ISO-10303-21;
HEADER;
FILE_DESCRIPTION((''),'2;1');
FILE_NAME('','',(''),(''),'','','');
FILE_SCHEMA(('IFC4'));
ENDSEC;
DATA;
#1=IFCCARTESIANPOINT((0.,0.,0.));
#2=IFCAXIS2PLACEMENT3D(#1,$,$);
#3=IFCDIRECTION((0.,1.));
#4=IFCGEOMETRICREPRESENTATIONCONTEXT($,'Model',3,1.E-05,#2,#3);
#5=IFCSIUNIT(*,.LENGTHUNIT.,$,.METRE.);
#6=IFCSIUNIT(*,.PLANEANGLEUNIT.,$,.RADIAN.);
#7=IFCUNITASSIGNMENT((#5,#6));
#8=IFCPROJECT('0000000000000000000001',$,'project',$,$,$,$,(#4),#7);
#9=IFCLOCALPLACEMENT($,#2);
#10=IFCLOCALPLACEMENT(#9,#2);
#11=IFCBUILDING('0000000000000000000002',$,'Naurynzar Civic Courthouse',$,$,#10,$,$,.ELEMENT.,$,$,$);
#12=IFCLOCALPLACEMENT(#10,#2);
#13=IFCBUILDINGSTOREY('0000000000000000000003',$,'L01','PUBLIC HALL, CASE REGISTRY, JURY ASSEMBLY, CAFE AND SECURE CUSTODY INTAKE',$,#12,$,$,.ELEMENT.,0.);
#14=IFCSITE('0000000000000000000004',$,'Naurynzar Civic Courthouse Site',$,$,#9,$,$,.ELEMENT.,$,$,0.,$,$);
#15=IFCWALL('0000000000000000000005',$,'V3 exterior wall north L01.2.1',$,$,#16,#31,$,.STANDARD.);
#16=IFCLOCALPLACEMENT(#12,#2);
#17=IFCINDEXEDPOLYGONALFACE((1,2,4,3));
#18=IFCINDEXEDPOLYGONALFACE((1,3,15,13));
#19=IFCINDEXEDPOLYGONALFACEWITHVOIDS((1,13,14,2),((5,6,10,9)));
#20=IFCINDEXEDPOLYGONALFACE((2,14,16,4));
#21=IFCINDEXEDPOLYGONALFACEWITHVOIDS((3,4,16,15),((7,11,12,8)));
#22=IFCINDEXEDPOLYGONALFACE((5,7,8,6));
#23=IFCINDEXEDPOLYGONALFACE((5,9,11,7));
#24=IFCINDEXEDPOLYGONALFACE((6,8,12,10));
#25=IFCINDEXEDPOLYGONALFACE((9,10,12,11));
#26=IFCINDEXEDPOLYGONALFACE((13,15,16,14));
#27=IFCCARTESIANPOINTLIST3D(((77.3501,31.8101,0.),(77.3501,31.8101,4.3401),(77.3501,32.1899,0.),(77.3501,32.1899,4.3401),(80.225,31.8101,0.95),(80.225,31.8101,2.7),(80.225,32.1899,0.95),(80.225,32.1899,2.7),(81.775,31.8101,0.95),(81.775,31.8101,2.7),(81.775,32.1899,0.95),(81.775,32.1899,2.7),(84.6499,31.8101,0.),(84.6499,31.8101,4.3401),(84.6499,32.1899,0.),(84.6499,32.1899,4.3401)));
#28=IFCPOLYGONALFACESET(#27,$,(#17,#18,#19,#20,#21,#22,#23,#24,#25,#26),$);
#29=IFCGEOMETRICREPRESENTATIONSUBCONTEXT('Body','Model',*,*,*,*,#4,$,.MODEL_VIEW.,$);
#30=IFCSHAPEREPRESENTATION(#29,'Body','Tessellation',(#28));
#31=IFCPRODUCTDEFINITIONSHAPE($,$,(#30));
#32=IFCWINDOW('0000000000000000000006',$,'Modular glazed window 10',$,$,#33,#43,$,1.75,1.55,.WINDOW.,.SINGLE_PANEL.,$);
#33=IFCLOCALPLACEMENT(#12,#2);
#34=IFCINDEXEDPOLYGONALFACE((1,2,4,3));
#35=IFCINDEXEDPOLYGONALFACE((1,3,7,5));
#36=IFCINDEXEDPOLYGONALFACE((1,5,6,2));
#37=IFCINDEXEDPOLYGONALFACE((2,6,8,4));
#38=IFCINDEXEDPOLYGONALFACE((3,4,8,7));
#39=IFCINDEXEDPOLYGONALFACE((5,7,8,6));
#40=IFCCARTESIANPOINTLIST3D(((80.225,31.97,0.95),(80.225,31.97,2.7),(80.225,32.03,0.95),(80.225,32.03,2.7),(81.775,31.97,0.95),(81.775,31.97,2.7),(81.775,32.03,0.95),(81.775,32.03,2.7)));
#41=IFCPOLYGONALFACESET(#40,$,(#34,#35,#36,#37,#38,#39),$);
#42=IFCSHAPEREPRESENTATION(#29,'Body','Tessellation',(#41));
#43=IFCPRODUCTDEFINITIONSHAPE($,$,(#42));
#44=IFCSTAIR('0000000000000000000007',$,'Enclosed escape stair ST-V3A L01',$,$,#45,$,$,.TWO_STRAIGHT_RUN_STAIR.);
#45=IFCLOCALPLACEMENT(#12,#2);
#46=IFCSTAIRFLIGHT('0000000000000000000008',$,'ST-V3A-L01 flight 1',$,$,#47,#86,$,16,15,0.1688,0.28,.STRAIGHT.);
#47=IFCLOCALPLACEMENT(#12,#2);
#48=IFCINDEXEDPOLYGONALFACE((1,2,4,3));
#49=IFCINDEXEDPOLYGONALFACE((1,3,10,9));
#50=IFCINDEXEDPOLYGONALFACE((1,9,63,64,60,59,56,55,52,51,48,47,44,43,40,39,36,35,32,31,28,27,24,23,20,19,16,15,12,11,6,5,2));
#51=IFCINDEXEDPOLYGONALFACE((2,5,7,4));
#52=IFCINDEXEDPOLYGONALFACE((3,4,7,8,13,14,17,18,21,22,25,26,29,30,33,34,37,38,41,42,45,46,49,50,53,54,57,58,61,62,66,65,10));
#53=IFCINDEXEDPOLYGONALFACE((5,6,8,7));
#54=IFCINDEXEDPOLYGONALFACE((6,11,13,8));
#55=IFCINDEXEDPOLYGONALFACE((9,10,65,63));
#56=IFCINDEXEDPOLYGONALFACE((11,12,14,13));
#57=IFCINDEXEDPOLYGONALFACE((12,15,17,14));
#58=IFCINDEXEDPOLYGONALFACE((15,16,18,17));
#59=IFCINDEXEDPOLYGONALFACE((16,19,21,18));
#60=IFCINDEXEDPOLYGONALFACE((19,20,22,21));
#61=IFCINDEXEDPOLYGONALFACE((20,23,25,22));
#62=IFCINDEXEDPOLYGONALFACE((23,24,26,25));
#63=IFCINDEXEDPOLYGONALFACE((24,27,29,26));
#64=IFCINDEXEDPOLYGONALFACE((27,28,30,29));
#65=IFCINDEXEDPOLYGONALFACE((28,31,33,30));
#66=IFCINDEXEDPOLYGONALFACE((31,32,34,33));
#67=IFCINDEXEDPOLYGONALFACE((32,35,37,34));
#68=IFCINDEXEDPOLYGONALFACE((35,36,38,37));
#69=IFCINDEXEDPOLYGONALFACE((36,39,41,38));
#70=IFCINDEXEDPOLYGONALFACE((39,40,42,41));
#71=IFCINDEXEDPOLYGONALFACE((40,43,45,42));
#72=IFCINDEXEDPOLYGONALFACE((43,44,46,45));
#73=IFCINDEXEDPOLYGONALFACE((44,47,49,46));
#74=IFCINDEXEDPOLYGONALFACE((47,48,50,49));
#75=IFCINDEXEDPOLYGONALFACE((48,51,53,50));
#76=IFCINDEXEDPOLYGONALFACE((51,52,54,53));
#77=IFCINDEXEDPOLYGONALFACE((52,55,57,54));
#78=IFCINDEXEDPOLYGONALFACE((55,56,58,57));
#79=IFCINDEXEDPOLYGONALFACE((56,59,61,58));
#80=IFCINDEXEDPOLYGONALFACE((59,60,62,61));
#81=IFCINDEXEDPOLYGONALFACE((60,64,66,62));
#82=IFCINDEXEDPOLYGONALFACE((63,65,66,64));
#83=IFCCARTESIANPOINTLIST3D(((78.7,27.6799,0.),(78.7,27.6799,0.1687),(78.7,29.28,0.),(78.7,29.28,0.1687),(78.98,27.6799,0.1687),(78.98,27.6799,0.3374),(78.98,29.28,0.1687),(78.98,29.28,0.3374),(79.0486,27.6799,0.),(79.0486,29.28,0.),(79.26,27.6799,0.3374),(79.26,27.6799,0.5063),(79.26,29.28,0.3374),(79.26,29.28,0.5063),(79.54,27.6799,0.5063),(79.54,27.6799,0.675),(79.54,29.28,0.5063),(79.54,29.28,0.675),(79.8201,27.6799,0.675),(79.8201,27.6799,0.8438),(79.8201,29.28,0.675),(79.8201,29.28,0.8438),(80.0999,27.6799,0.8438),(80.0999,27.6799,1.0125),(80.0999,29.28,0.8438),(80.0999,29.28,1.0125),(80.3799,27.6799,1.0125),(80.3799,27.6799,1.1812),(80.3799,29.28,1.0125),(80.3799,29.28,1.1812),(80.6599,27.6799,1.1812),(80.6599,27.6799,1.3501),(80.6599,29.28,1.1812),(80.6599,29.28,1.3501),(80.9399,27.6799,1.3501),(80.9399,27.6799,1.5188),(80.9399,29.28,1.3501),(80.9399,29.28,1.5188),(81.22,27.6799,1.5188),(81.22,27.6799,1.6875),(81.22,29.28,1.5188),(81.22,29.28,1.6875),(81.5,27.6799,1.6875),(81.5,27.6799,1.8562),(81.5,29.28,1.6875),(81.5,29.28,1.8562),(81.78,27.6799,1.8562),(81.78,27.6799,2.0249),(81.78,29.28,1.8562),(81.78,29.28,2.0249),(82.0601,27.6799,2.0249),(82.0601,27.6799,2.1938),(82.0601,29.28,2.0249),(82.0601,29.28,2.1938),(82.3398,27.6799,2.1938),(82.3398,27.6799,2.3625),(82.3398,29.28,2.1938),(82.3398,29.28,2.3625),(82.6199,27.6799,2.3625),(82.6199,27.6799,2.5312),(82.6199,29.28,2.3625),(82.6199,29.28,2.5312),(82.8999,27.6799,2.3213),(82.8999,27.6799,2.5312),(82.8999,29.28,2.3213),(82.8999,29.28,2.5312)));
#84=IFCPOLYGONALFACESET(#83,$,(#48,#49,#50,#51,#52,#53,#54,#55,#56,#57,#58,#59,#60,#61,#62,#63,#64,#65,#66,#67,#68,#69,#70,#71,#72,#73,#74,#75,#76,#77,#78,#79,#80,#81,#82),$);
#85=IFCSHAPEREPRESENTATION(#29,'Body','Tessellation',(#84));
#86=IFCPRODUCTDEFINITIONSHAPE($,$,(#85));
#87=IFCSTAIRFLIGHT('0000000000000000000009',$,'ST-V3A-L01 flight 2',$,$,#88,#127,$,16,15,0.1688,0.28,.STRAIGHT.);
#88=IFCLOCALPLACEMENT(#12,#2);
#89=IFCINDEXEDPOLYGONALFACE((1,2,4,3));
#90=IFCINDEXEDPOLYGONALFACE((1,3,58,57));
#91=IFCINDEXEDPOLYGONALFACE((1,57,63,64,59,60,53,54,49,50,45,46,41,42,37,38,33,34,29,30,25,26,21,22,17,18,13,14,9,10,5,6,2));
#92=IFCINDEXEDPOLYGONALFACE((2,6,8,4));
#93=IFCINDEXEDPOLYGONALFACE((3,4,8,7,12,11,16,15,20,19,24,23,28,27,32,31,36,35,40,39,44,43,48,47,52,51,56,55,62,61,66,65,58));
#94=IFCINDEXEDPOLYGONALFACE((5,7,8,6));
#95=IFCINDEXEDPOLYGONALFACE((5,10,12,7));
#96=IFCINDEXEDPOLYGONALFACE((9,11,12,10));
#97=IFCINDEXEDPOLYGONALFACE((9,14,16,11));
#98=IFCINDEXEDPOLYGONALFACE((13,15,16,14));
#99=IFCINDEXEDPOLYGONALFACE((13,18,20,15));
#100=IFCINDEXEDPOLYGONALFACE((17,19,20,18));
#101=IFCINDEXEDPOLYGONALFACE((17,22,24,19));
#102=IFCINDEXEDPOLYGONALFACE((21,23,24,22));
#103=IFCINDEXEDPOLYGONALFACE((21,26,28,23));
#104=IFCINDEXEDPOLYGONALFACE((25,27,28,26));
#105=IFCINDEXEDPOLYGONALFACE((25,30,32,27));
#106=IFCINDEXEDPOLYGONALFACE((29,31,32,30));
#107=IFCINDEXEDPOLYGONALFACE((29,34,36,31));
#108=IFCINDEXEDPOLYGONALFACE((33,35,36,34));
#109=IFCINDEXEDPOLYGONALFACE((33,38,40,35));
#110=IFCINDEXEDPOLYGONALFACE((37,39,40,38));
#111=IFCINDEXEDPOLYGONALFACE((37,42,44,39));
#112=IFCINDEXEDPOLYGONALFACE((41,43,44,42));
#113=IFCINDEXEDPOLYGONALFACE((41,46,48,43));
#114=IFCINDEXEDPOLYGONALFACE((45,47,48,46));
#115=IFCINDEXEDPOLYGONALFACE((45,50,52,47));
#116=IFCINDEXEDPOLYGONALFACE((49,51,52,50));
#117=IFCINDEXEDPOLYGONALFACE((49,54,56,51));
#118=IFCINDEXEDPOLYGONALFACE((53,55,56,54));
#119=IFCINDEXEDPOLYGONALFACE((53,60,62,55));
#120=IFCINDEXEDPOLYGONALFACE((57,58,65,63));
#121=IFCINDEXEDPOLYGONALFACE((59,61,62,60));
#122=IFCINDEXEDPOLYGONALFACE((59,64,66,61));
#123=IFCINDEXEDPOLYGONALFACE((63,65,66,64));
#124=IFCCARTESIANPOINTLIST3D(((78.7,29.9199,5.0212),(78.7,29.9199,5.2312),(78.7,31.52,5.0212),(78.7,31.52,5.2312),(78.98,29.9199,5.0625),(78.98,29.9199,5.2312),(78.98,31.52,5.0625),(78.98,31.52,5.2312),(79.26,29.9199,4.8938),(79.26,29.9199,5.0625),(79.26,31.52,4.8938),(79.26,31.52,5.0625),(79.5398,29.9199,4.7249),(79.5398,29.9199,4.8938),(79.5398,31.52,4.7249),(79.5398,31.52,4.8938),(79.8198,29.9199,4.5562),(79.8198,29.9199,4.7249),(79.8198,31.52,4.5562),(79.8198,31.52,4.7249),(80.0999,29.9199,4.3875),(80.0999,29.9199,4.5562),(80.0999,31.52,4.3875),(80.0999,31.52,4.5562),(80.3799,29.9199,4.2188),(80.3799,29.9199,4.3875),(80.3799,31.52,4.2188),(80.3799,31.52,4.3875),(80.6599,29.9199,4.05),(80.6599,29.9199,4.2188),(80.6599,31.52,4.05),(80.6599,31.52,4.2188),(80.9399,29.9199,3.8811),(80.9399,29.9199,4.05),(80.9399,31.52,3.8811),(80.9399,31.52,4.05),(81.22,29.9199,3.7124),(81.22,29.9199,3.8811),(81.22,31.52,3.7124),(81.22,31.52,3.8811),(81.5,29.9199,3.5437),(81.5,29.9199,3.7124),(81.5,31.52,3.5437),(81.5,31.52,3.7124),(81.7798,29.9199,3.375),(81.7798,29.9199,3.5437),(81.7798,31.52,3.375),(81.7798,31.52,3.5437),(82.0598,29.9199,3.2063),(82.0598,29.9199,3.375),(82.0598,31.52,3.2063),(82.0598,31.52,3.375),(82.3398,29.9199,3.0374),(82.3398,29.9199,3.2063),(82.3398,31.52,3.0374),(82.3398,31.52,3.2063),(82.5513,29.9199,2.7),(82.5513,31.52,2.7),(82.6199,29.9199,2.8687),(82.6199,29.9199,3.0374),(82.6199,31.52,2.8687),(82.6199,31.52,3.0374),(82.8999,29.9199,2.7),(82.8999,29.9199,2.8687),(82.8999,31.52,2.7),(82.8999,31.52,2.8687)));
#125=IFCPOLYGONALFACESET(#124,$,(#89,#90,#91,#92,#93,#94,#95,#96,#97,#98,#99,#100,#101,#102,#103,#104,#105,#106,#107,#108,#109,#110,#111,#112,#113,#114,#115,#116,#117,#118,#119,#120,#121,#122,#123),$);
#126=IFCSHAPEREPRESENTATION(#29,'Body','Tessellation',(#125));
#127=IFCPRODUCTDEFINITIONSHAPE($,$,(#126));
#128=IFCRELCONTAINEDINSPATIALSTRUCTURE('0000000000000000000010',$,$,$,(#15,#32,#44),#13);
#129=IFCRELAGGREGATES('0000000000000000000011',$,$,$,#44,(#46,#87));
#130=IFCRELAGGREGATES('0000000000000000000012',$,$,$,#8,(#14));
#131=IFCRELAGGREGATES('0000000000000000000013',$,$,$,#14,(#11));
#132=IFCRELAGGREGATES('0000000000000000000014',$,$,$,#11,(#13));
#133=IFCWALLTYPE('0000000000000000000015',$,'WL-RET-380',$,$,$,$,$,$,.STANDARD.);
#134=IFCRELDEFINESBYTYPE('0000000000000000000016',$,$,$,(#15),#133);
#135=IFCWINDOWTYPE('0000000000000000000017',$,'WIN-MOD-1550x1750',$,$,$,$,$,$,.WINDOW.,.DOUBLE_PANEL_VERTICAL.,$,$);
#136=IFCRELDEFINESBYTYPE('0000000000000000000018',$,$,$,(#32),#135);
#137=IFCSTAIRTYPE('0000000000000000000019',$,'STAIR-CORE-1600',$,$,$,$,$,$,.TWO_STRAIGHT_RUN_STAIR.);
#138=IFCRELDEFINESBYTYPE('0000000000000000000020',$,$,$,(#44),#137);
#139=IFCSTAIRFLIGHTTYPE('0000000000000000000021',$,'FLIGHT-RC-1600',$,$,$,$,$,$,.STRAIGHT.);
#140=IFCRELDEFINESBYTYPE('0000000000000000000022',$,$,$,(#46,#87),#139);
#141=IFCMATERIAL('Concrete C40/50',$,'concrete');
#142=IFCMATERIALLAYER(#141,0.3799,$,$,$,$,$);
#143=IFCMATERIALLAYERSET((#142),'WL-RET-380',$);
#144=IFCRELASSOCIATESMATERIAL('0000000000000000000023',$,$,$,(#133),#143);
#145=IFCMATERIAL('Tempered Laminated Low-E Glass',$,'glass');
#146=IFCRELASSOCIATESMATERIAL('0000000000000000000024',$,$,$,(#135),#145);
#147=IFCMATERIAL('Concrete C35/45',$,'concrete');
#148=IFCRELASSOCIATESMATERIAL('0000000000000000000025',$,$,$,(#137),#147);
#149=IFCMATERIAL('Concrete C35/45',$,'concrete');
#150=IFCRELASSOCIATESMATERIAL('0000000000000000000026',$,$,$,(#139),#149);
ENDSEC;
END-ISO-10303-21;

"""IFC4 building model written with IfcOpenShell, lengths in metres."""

from ifc_helpers import new_model, si_unit, direction, frame, frame_2d, origin, place, context, subcontext, project, spatial, polyline, rectangle, outline, extrude, material, layer, layer_set, type_object, element, fill, aggregate, save


model = new_model("IFC4")

# Units and contexts
model_context = context("Model", 3, precision=1e-05, world=origin(), true_north=direction((0.0, 1.0)))
body_context = subcontext(model_context, "Body", "Model", "MODEL_VIEW")
ifc_project = project(units=[si_unit("LENGTHUNIT", "METRE"), si_unit("PLANEANGLEUNIT", "RADIAN")], contexts=[model_context])

# Site, building, storey
site_placement = place(None, origin())
site = spatial("IfcSite", under=ifc_project, at=site_placement, Name="Naurynzar Civic Courthouse Site", CompositionType="ELEMENT", RefElevation=0.0)
building_placement = place(site_placement, origin())
building = spatial("IfcBuilding", under=site, at=building_placement, Name="Naurynzar Civic Courthouse", CompositionType="ELEMENT")
storey_placement = place(building_placement, origin())
storey = spatial("IfcBuildingStorey", under=building, at=storey_placement, Name="L01", Description="PUBLIC HALL, CASE REGISTRY, JURY ASSEMBLY, CAFE AND SECURE CUSTODY INTAKE", CompositionType="ELEMENT", Elevation=0.0)

# Wall, opening, window
ifc_material_1 = material(Name="Concrete C40/50", Category="concrete")
ifc_layer_1 = layer(ifc_material_1, 0.3799)
ifc_layer_set_1 = layer_set([ifc_layer_1], Name="WL-RET-380")
wall_type_1 = type_object("IfcWallType", Name="WL-RET-380", PredefinedType="STANDARD", material=ifc_layer_set_1)
wall_1_placement = place(storey_placement, frame((77.3501, 32.0, 0.0), z_axis=(0.0, 0.0, 1.0), x_axis=(1.0, 0.0, 0.0)))
wall_1 = element("IfcWall", 1, at=wall_1_placement, inside=storey, type_object=wall_type_1, Name="V3 exterior wall north L01.2.1", PredefinedType="STANDARD", context=body_context, shape_type="SweptSolid", body=[
    extrude(rectangle(XDim=7.2998, YDim=0.3799, at=frame_2d((3.6499, 0.0))), origin(), (0.0, 0.0, 1.0), 4.3401),
])
opening_1_placement = place(wall_1_placement, frame((2.875, 0.0, 0.95)))
opening_1 = element("IfcOpeningElement", 2, at=opening_1_placement, cuts=wall_1, PredefinedType="OPENING", context=body_context, shape_type="SweptSolid", body=[
    extrude(rectangle(XDim=1.55, YDim=1.75, at=frame_2d((0.7749, 0.875))), frame((0.0, 0.2, 0.0), z_axis=(0.0, -1.0, 0.0), x_axis=(1.0, 0.0, 0.0)), (0.0, 0.0, 1.0), 0.3999),
])
ifc_material_2 = material(Name="Tempered Laminated Low-E Glass", Category="glass")
window_type = type_object("IfcWindowType", Name="WIN-MOD-1550x1750", PartitioningType="DOUBLE_PANEL_VERTICAL", PredefinedType="WINDOW", material=ifc_material_2)
window_placement = place(opening_1_placement, origin())
window = element("IfcWindow", 3, at=window_placement, inside=storey, type_object=window_type, Name="Modular glazed window 10", OverallHeight=1.75, OverallWidth=1.55, PartitioningType="SINGLE_PANEL", PredefinedType="WINDOW", context=body_context, shape_type="SweptSolid", body=[
    extrude(rectangle(XDim=1.55, YDim=1.75, at=frame_2d((0.7749, 0.875))), frame((0.0, 0.03, 0.0), z_axis=(0.0, -1.0, 0.0), x_axis=(1.0, 0.0, 0.0)), (0.0, 0.0, 1.0), 0.0601),
])
fill(opening_1, window)

# Stair, stair flights
ifc_material_3 = material(Name="Concrete C35/45", Category="concrete")
stair_type = type_object("IfcStairType", Name="STAIR-CORE-1600", PredefinedType="TWO_STRAIGHT_RUN_STAIR", material=ifc_material_3)
stair_placement = place(storey_placement, origin())
stair = element("IfcStair", 4, at=stair_placement, inside=storey, type_object=stair_type, Name="Enclosed escape stair ST-V3A L01", PredefinedType="TWO_STRAIGHT_RUN_STAIR")
ifc_material_4 = material(Name="Concrete C35/45", Category="concrete")
stair_flight_type = type_object("IfcStairFlightType", Name="FLIGHT-RC-1600", PredefinedType="STRAIGHT", material=ifc_material_4)
stair_flight_1_placement = place(storey_placement, frame((78.7, 28.48, 0.0), z_axis=(0.0, 0.0, 1.0), x_axis=(1.0, 0.0, 0.0)))
stair_flight_1 = element("IfcStairFlight", 5, at=stair_flight_1_placement, type_object=stair_flight_type, Name="ST-V3A-L01 flight 1", NumberOfRisers=16, NumberOfTreads=15, PredefinedType="STRAIGHT", RiserHeight=0.1688, TreadLength=0.28, context=body_context, shape_type="SweptSolid", body=[
    extrude(outline(polyline([(0.0, 0.0), (0.0, 0.1687), (0.28, 0.1687), (0.28, 0.3374), (0.5601, 0.3374), (0.5601, 0.5063), (0.8401, 0.5063), (0.8401, 0.675), (1.1201, 0.675), (1.1201, 0.8438), (1.3999, 0.8438), (1.3999, 1.0125), (1.6799, 1.0125), (1.6799, 1.1812), (1.96, 1.1812), (1.96, 1.3501), (2.24, 1.3501), (2.24, 1.5188), (2.52, 1.5188), (2.52, 1.6875), (2.8, 1.6875), (2.8, 1.8562), (3.0801, 1.8562), (3.0801, 2.0249), (3.3601, 2.0249), (3.3601, 2.1938), (3.6399, 2.1938), (3.6399, 2.3625), (3.9199, 2.3625), (3.9199, 2.5312), (4.2, 2.5312), (4.2, 2.7), (4.2, 2.3213), (0.3486, 0.0), (0.0, 0.0)])), frame((0.0, 0.8, 0.0), z_axis=(0.0, -1.0, 0.0), x_axis=(1.0, 0.0, 0.0)), (0.0, 0.0, 1.0), 1.6001),
])
stair_flight_2_placement = place(storey_placement, frame((82.8999, 30.72, 2.7), z_axis=(0.0, 0.0, 1.0), x_axis=(-1.0, 0.0, 0.0)))
stair_flight_2 = element("IfcStairFlight", 6, at=stair_flight_2_placement, type_object=stair_flight_type, Name="ST-V3A-L01 flight 2", NumberOfRisers=16, NumberOfTreads=15, PredefinedType="STRAIGHT", RiserHeight=0.1688, TreadLength=0.28, context=body_context, shape_type="SweptSolid", body=[
    extrude(outline(polyline([(0.0, 0.0), (0.0, 0.1687), (0.28, 0.1687), (0.28, 0.3374), (0.5601, 0.3374), (0.5601, 0.5063), (0.8401, 0.5063), (0.8401, 0.675), (1.1201, 0.675), (1.1201, 0.8438), (1.3999, 0.8438), (1.3999, 1.0125), (1.6799, 1.0125), (1.6799, 1.1812), (1.96, 1.1812), (1.96, 1.3501), (2.24, 1.3501), (2.24, 1.5188), (2.52, 1.5188), (2.52, 1.6875), (2.8, 1.6875), (2.8, 1.8562), (3.0801, 1.8562), (3.0801, 2.0249), (3.3601, 2.0249), (3.3601, 2.1938), (3.6399, 2.1938), (3.6399, 2.3625), (3.9199, 2.3625), (3.9199, 2.5312), (4.2, 2.5312), (4.2, 2.7), (4.2, 2.3213), (0.3486, 0.0), (0.0, 0.0)])), frame((0.0, 0.8, 0.0), z_axis=(0.0, -1.0, 0.0), x_axis=(1.0, 0.0, 0.0)), (0.0, 0.0, 1.0), 1.6001),
])
aggregate(stair, [stair_flight_1, stair_flight_2])

save(model, "model.ifc")
